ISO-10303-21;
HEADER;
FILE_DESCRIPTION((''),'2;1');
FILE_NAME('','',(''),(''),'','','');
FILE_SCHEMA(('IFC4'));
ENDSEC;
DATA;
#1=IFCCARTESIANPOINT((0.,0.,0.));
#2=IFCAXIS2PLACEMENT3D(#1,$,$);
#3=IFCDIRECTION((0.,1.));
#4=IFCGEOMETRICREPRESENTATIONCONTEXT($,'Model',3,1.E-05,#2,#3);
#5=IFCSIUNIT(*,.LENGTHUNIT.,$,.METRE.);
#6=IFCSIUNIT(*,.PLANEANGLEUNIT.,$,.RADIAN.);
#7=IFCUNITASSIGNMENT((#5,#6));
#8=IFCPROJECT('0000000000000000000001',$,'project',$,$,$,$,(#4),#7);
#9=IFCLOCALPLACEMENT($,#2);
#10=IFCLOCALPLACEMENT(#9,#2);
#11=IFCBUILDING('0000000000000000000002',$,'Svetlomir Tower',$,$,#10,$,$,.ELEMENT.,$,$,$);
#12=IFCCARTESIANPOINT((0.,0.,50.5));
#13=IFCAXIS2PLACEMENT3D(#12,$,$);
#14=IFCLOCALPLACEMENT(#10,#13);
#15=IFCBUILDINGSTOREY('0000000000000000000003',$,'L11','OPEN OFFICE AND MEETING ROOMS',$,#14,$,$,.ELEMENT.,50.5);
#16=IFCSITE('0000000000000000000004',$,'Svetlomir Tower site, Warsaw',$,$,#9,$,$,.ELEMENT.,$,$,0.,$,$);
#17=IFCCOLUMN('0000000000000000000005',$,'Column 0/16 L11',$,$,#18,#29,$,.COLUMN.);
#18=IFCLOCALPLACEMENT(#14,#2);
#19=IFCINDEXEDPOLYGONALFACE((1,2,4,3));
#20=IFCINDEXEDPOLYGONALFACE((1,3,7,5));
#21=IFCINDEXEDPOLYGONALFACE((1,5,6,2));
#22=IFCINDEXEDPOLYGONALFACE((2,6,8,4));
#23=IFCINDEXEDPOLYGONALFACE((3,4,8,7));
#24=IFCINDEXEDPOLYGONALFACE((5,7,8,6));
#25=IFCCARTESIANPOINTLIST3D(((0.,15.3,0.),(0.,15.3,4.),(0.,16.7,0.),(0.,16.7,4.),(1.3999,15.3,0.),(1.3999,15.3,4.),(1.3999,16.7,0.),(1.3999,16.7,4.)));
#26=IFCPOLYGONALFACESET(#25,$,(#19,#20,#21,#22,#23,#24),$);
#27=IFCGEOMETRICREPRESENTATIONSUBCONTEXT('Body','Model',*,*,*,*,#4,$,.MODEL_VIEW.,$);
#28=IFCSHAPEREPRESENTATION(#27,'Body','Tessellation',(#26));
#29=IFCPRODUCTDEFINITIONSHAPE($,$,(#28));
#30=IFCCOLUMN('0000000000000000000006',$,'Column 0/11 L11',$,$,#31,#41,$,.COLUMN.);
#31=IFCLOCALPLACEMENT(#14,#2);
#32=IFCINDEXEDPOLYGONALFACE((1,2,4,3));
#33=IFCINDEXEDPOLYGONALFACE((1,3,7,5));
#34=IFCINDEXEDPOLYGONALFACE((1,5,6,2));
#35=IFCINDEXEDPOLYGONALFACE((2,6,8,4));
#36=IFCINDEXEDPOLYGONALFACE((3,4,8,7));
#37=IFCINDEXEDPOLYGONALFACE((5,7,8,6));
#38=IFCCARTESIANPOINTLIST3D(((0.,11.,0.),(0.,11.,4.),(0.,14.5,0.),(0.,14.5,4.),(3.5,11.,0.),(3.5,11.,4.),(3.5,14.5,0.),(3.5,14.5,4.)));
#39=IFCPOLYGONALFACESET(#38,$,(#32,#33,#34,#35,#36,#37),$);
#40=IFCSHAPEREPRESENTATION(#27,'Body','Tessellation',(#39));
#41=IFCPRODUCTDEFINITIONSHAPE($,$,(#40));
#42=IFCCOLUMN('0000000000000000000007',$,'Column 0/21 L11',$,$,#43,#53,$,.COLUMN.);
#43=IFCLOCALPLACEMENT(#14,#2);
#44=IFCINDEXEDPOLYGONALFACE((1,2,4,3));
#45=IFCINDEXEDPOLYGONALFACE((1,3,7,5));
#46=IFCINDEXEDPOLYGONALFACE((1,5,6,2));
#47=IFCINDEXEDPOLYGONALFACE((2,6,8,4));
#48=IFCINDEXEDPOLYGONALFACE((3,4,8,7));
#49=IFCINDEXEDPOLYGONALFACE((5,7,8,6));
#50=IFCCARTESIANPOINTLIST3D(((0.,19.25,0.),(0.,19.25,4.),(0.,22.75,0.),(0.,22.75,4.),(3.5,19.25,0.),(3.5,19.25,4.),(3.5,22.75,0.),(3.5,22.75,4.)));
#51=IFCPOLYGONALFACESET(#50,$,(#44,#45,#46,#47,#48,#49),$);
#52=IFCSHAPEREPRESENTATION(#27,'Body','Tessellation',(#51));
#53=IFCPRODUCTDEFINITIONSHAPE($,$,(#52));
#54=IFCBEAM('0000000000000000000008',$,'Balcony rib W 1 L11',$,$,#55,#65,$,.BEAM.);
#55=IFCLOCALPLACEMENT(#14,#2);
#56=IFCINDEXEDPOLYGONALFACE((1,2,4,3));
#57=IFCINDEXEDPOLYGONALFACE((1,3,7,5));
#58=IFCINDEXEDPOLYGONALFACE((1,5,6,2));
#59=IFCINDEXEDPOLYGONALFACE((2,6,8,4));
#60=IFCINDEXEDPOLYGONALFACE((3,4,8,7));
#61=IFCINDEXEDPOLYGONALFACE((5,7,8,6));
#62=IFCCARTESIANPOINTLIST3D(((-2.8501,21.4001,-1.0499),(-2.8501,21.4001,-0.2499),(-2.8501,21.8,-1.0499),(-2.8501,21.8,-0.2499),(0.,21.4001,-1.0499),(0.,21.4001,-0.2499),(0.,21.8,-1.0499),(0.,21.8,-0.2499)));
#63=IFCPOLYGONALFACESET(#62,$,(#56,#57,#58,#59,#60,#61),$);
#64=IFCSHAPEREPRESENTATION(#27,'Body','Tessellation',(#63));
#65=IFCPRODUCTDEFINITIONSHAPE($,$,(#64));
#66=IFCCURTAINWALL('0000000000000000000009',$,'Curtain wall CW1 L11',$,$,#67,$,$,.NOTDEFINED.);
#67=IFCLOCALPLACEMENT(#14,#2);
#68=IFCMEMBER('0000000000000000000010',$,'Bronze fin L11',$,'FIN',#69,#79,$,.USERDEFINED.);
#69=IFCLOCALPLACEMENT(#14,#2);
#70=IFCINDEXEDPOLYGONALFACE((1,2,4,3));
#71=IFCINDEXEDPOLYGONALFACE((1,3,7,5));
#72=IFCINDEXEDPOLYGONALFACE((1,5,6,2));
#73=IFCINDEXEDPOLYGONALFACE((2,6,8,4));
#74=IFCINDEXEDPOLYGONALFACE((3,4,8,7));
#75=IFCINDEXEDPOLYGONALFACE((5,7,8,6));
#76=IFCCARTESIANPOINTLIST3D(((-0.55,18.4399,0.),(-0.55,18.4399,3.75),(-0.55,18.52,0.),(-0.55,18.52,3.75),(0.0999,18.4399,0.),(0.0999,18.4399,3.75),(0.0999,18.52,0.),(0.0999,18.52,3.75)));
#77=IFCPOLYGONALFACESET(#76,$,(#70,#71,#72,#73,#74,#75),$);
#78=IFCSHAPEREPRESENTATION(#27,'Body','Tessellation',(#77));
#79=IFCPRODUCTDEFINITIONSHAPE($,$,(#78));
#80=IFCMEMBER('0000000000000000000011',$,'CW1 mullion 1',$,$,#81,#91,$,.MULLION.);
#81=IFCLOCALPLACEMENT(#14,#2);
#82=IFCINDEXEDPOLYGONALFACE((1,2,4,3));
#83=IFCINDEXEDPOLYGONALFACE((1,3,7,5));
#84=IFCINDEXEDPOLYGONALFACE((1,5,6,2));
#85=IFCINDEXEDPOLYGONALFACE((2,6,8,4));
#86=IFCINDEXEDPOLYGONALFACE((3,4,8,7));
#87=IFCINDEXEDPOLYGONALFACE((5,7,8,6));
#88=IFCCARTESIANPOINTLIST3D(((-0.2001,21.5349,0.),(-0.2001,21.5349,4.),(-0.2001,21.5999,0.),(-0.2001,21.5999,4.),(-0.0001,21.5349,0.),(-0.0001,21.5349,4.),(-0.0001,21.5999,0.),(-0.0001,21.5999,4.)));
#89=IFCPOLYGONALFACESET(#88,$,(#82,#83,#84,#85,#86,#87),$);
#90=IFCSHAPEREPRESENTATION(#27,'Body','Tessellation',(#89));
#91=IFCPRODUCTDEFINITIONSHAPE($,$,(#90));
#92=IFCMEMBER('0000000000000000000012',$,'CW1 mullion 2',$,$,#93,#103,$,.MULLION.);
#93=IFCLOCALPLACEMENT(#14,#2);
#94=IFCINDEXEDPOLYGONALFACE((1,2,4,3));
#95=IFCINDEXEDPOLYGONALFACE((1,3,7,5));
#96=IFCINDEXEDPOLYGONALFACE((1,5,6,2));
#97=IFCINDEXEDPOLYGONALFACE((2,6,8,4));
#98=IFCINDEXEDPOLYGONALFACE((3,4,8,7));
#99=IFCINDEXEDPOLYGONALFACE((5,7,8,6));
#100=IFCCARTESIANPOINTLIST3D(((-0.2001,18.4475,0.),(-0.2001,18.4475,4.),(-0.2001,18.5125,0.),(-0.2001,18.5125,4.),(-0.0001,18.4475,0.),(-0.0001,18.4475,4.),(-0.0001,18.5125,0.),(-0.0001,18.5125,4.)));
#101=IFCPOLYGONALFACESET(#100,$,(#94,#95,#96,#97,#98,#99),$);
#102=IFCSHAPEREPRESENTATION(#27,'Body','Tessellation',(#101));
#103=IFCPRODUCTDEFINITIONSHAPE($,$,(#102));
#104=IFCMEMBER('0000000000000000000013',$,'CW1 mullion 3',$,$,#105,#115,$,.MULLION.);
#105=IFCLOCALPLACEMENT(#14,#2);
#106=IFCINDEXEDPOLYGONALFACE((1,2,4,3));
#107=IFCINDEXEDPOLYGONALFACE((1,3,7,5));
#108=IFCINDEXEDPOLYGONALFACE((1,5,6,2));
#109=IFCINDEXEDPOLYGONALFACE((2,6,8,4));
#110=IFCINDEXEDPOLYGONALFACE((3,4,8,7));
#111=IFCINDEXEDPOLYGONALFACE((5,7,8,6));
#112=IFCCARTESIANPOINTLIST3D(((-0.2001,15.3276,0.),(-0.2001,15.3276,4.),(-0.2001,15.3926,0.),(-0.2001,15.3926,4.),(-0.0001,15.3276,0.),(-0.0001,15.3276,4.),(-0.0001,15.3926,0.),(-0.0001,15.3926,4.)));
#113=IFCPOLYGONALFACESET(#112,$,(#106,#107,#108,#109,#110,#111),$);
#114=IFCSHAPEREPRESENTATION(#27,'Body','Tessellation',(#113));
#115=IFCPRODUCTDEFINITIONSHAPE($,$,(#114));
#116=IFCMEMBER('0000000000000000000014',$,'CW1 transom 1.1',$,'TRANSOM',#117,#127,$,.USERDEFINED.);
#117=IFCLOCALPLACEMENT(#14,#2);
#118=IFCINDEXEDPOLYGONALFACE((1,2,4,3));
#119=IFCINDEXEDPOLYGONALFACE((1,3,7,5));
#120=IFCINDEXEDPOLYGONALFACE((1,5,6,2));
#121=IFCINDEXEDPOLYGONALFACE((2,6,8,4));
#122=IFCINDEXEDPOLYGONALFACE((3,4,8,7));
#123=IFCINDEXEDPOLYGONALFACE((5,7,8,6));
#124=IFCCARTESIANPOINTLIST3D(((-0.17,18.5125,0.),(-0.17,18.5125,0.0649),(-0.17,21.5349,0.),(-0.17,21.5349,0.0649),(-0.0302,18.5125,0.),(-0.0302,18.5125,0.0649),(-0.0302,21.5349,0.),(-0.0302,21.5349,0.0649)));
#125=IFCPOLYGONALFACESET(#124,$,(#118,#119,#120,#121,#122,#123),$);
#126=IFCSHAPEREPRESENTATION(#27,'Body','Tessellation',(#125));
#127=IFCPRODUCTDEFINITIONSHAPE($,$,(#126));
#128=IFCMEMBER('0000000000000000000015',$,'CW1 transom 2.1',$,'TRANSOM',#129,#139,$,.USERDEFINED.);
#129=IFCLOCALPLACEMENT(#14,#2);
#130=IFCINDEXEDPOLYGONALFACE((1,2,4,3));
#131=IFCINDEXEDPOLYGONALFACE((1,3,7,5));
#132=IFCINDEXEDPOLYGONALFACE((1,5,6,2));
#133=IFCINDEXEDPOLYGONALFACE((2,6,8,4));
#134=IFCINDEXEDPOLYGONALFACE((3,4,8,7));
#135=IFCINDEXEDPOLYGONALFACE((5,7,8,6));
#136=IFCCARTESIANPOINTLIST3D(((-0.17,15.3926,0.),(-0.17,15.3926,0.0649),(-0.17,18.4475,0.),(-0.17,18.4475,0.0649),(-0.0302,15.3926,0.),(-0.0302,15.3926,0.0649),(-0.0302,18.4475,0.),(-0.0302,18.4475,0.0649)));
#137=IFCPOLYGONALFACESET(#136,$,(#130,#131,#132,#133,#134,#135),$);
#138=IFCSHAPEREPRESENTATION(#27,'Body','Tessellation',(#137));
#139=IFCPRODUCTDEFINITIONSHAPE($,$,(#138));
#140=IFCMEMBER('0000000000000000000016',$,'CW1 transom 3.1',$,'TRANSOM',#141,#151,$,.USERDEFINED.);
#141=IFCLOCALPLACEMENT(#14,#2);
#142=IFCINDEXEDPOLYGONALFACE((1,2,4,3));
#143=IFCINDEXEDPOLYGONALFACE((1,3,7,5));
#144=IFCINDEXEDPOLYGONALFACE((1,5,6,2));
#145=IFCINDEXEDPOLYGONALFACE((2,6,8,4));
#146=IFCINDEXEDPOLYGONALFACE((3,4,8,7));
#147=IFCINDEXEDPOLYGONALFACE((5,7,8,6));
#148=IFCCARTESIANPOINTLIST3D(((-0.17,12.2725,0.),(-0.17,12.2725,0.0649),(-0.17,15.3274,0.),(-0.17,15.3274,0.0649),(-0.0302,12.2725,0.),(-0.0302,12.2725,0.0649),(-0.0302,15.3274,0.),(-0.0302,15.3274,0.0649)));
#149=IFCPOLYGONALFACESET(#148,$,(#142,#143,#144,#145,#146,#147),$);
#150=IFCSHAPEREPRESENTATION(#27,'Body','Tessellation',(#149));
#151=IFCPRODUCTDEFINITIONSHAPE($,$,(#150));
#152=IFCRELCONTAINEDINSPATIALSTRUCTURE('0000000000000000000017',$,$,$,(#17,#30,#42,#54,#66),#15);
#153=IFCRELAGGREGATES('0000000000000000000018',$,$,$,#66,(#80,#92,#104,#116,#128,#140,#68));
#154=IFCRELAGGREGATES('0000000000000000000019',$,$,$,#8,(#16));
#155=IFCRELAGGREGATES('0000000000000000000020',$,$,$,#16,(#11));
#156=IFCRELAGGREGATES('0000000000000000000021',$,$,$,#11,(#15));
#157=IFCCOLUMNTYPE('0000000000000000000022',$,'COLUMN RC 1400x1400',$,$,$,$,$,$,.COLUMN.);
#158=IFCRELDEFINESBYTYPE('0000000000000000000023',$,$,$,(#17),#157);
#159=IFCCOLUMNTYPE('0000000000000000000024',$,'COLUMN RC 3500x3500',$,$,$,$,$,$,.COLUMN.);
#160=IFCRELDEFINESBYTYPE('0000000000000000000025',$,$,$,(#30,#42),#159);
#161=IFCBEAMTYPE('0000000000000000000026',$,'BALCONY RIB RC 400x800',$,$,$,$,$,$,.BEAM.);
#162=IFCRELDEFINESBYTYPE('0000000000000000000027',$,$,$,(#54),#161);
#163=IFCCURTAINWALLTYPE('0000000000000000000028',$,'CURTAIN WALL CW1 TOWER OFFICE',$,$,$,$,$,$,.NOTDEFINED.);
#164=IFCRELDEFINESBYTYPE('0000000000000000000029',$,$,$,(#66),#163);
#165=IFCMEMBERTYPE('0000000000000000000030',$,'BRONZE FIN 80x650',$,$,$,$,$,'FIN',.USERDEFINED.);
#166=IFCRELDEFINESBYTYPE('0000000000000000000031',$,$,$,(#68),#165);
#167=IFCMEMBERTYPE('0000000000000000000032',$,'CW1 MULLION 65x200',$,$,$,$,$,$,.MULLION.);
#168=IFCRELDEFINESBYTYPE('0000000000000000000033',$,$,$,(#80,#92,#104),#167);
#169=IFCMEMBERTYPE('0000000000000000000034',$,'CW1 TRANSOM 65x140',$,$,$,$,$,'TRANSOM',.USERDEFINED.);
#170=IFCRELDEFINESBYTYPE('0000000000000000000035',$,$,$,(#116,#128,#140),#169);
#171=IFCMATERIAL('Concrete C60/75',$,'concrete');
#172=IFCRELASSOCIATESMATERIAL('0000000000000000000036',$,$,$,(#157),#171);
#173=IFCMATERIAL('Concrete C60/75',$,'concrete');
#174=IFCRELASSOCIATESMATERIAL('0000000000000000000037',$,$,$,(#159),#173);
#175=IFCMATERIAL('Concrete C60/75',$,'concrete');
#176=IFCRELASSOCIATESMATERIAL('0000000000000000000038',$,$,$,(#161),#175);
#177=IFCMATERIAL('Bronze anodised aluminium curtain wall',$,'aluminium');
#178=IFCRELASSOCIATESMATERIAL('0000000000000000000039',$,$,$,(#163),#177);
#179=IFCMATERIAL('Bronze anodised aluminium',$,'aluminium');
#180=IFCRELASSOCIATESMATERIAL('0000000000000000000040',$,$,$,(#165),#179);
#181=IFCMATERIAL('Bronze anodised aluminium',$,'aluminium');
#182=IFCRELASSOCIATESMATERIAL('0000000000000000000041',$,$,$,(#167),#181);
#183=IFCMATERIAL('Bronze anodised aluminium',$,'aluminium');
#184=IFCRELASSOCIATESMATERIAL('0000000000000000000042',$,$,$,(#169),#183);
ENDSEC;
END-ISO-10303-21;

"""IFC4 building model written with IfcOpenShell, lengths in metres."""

from ifc_helpers import new_model, si_unit, direction, frame, origin, origin_2d, place, context, subcontext, project, spatial, rectangle, extrude, material, material_profile, profile_set, type_object, element, aggregate, save


model = new_model("IFC4")

# Units and contexts
model_context = context("Model", 3, precision=1e-05, world=origin(), true_north=direction((0.0, 1.0)))
body_context = subcontext(model_context, "Body", "Model", "MODEL_VIEW")
ifc_project = project(units=[si_unit("LENGTHUNIT", "METRE"), si_unit("PLANEANGLEUNIT", "RADIAN")], contexts=[model_context])

# Site, building, storey
site_placement = place(None, origin())
site = spatial("IfcSite", under=ifc_project, at=site_placement, Name="Svetlomir Tower site, Warsaw", CompositionType="ELEMENT", RefElevation=0.0)
building_placement = place(site_placement, origin())
building = spatial("IfcBuilding", under=site, at=building_placement, Name="Svetlomir Tower", CompositionType="ELEMENT")
storey_placement = place(building_placement, frame((0.0, 0.0, 50.5)))
storey = spatial("IfcBuildingStorey", under=building, at=storey_placement, Name="L11", Description="OPEN OFFICE AND MEETING ROOMS", CompositionType="ELEMENT", Elevation=50.5)

# Columns
ifc_material_1 = material(Name="Concrete C60/75", Category="concrete")
ifc_material_profile_1 = material_profile(ifc_material_1, rectangle(XDim=1.3999, YDim=1.3999, at=origin_2d()), Name="RC 1400x1400")
ifc_profile_set_1 = profile_set([ifc_material_profile_1], Name="Concrete C60/75")
column_type_1 = type_object("IfcColumnType", Name="COLUMN RC 1400x1400", PredefinedType="COLUMN", material=ifc_profile_set_1)
column_placement = place(storey_placement, frame((0.7, 16.0, 0.0), z_axis=(0.0, 0.0, 1.0), x_axis=(1.0, 0.0, 0.0)))
element("IfcColumn", 1, at=column_placement, inside=storey, type_object=column_type_1, Name="Column 0/16 L11", PredefinedType="COLUMN", context=body_context, shape_type="SweptSolid", body=[
    extrude(rectangle(XDim=1.3999, YDim=1.3999, at=origin_2d()), origin(), (0.0, 0.0, 1.0), 4.0),
])
ifc_material_2 = material(Name="Concrete C60/75", Category="concrete")
ifc_material_profile_2 = material_profile(ifc_material_2, rectangle(XDim=3.5, YDim=3.5, at=origin_2d()), Name="RC 3500x3500")
ifc_profile_set_2 = profile_set([ifc_material_profile_2], Name="Concrete C60/75")
column_type_2 = type_object("IfcColumnType", Name="COLUMN RC 3500x3500", PredefinedType="COLUMN", material=ifc_profile_set_2)
for number, where, z_axis, x_axis, name in (
    (2, (1.75, 12.75, 0.0), (0.0, 0.0, 1.0), (1.0, 0.0, 0.0), "Column 0/11 L11"),
    (3, (1.75, 21.0, 0.0), (0.0, 0.0, 1.0), (1.0, 0.0, 0.0), "Column 0/21 L11"),
):
    element("IfcColumn", number, at=place(storey_placement, frame(where, z_axis=z_axis, x_axis=x_axis)), inside=storey, type_object=column_type_2, Name=name, PredefinedType="COLUMN", context=body_context, shape_type="SweptSolid", body=[
        extrude(rectangle(XDim=3.5, YDim=3.5, at=origin_2d()), origin(), (0.0, 0.0, 1.0), 4.0),
    ])

# Beam
ifc_material_3 = material(Name="Concrete C60/75", Category="concrete")
ifc_material_profile_3 = material_profile(ifc_material_3, rectangle(XDim=0.3999, YDim=0.8, at=origin_2d()), Name="RC 400x800")
ifc_profile_set_3 = profile_set([ifc_material_profile_3], Name="Concrete C60/75")
beam_type_1 = type_object("IfcBeamType", Name="BALCONY RIB RC 400x800", PredefinedType="BEAM", material=ifc_profile_set_3)
beam_1_placement = place(storey_placement, frame((0.0, 21.6001, -0.6499), z_axis=(-1.0, 0.0, 0.0), x_axis=(0.0, -1.0, 0.0)))
element("IfcBeam", 4, at=beam_1_placement, inside=storey, type_object=beam_type_1, Name="Balcony rib W 1 L11", PredefinedType="BEAM", context=body_context, shape_type="SweptSolid", body=[
    extrude(rectangle(XDim=0.3999, YDim=0.8, at=origin_2d()), origin(), (0.0, 0.0, 1.0), 2.8501),
])

# Curtain wall, members
ifc_material_4 = material(Name="Bronze anodised aluminium curtain wall", Category="aluminium")
curtain_wall_type = type_object("IfcCurtainWallType", Name="CURTAIN WALL CW1 TOWER OFFICE", PredefinedType="NOTDEFINED", material=ifc_material_4)
curtain_wall_placement = place(storey_placement, origin())
curtain_wall = element("IfcCurtainWall", 5, at=curtain_wall_placement, inside=storey, type_object=curtain_wall_type, Name="Curtain wall CW1 L11", PredefinedType="NOTDEFINED")
ifc_material_5 = material(Name="Bronze anodised aluminium", Category="aluminium")
ifc_material_profile_4 = material_profile(ifc_material_5, rectangle(XDim=0.0801, YDim=0.6499, at=origin_2d()), Name="FIN 80x650")
ifc_profile_set_4 = profile_set([ifc_material_profile_4], Name="Bronze anodised aluminium 6063-T6")
member_type_1 = type_object("IfcMemberType", Name="BRONZE FIN 80x650", ElementType="FIN", PredefinedType="USERDEFINED", material=ifc_profile_set_4)
member_1_placement = place(storey_placement, frame((-0.2251, 18.48, 0.0), z_axis=(0.0, 0.0, 1.0), x_axis=(0.0, 1.0, 0.0)))
member_1 = element("IfcMember", 6, at=member_1_placement, type_object=member_type_1, Name="Bronze fin L11", ObjectType="FIN", PredefinedType="USERDEFINED", context=body_context, shape_type="SweptSolid", body=[
    extrude(rectangle(XDim=0.0801, YDim=0.6499, at=origin_2d()), origin(), (0.0, 0.0, 1.0), 3.75),
])
ifc_material_6 = material(Name="Bronze anodised aluminium", Category="aluminium")
ifc_material_profile_5 = material_profile(ifc_material_6, rectangle(XDim=0.0649, YDim=0.2, at=origin_2d()), Name="AL 65x200")
ifc_profile_set_5 = profile_set([ifc_material_profile_5], Name="Bronze anodised aluminium 6063-T6")
member_type_2 = type_object("IfcMemberType", Name="CW1 MULLION 65x200", PredefinedType="MULLION", material=ifc_profile_set_5)
member_2_placement = place(storey_placement, frame((-0.1001, 21.5674, 0.0), z_axis=(0.0, 0.0, 1.0), x_axis=(0.0, -1.0, 0.0)))
member_2 = element("IfcMember", 7, at=member_2_placement, type_object=member_type_2, Name="CW1 mullion 1", PredefinedType="MULLION", context=body_context, shape_type="SweptSolid", body=[
    extrude(rectangle(XDim=0.0649, YDim=0.2, at=origin_2d()), origin(), (0.0, 0.0, 1.0), 4.0),
])
member_3_placement = place(storey_placement, frame((-0.1001, 18.48, 0.0), z_axis=(0.0, 0.0, 1.0), x_axis=(0.0, -1.0, 0.0)))
member_3 = element("IfcMember", 8, at=member_3_placement, type_object=member_type_2, Name="CW1 mullion 2", PredefinedType="MULLION", context=body_context, shape_type="SweptSolid", body=[
    extrude(rectangle(XDim=0.0649, YDim=0.2, at=origin_2d()), origin(), (0.0, 0.0, 1.0), 4.0),
])
member_4_placement = place(storey_placement, frame((-0.1001, 15.3601, 0.0), z_axis=(0.0, 0.0, 1.0), x_axis=(0.0, -1.0, 0.0)))
member_4 = element("IfcMember", 9, at=member_4_placement, type_object=member_type_2, Name="CW1 mullion 3", PredefinedType="MULLION", context=body_context, shape_type="SweptSolid", body=[
    extrude(rectangle(XDim=0.0649, YDim=0.2, at=origin_2d()), origin(), (0.0, 0.0, 1.0), 4.0),
])
ifc_material_7 = material(Name="Bronze anodised aluminium", Category="aluminium")
ifc_material_profile_6 = material_profile(ifc_material_7, rectangle(XDim=0.1399, YDim=0.0649, at=origin_2d()), Name="AL 140x65")
ifc_profile_set_6 = profile_set([ifc_material_profile_6], Name="Bronze anodised aluminium 6063-T6")
member_type_3 = type_object("IfcMemberType", Name="CW1 TRANSOM 65x140", ElementType="TRANSOM", PredefinedType="USERDEFINED", material=ifc_profile_set_6)
member_5_placement = place(storey_placement, frame((-0.1001, 21.5349, 0.0325), z_axis=(0.0, -1.0, 0.0), x_axis=(1.0, 0.0, 0.0)))
member_5 = element("IfcMember", 10, at=member_5_placement, type_object=member_type_3, Name="CW1 transom 1.1", ObjectType="TRANSOM", PredefinedType="USERDEFINED", context=body_context, shape_type="SweptSolid", body=[
    extrude(rectangle(XDim=0.1399, YDim=0.0649, at=origin_2d()), origin(), (0.0, 0.0, 1.0), 3.0225),
])
member_6_placement = place(storey_placement, frame((-0.1001, 18.4475, 0.0325), z_axis=(0.0, -1.0, 0.0), x_axis=(1.0, 0.0, 0.0)))
member_6 = element("IfcMember", 11, at=member_6_placement, type_object=member_type_3, Name="CW1 transom 2.1", ObjectType="TRANSOM", PredefinedType="USERDEFINED", context=body_context, shape_type="SweptSolid", body=[
    extrude(rectangle(XDim=0.1399, YDim=0.0649, at=origin_2d()), origin(), (0.0, 0.0, 1.0), 3.0549),
])
member_7_placement = place(storey_placement, frame((-0.1001, 15.3274, 0.0325), z_axis=(0.0, -1.0, 0.0), x_axis=(1.0, 0.0, 0.0)))
member_7 = element("IfcMember", 12, at=member_7_placement, type_object=member_type_3, Name="CW1 transom 3.1", ObjectType="TRANSOM", PredefinedType="USERDEFINED", context=body_context, shape_type="SweptSolid", body=[
    extrude(rectangle(XDim=0.1399, YDim=0.0649, at=origin_2d()), origin(), (0.0, 0.0, 1.0), 3.0549),
])

aggregate(curtain_wall, [member_2, member_3, member_4, member_5, member_6, member_7, member_1])

save(model, "model.ifc")
